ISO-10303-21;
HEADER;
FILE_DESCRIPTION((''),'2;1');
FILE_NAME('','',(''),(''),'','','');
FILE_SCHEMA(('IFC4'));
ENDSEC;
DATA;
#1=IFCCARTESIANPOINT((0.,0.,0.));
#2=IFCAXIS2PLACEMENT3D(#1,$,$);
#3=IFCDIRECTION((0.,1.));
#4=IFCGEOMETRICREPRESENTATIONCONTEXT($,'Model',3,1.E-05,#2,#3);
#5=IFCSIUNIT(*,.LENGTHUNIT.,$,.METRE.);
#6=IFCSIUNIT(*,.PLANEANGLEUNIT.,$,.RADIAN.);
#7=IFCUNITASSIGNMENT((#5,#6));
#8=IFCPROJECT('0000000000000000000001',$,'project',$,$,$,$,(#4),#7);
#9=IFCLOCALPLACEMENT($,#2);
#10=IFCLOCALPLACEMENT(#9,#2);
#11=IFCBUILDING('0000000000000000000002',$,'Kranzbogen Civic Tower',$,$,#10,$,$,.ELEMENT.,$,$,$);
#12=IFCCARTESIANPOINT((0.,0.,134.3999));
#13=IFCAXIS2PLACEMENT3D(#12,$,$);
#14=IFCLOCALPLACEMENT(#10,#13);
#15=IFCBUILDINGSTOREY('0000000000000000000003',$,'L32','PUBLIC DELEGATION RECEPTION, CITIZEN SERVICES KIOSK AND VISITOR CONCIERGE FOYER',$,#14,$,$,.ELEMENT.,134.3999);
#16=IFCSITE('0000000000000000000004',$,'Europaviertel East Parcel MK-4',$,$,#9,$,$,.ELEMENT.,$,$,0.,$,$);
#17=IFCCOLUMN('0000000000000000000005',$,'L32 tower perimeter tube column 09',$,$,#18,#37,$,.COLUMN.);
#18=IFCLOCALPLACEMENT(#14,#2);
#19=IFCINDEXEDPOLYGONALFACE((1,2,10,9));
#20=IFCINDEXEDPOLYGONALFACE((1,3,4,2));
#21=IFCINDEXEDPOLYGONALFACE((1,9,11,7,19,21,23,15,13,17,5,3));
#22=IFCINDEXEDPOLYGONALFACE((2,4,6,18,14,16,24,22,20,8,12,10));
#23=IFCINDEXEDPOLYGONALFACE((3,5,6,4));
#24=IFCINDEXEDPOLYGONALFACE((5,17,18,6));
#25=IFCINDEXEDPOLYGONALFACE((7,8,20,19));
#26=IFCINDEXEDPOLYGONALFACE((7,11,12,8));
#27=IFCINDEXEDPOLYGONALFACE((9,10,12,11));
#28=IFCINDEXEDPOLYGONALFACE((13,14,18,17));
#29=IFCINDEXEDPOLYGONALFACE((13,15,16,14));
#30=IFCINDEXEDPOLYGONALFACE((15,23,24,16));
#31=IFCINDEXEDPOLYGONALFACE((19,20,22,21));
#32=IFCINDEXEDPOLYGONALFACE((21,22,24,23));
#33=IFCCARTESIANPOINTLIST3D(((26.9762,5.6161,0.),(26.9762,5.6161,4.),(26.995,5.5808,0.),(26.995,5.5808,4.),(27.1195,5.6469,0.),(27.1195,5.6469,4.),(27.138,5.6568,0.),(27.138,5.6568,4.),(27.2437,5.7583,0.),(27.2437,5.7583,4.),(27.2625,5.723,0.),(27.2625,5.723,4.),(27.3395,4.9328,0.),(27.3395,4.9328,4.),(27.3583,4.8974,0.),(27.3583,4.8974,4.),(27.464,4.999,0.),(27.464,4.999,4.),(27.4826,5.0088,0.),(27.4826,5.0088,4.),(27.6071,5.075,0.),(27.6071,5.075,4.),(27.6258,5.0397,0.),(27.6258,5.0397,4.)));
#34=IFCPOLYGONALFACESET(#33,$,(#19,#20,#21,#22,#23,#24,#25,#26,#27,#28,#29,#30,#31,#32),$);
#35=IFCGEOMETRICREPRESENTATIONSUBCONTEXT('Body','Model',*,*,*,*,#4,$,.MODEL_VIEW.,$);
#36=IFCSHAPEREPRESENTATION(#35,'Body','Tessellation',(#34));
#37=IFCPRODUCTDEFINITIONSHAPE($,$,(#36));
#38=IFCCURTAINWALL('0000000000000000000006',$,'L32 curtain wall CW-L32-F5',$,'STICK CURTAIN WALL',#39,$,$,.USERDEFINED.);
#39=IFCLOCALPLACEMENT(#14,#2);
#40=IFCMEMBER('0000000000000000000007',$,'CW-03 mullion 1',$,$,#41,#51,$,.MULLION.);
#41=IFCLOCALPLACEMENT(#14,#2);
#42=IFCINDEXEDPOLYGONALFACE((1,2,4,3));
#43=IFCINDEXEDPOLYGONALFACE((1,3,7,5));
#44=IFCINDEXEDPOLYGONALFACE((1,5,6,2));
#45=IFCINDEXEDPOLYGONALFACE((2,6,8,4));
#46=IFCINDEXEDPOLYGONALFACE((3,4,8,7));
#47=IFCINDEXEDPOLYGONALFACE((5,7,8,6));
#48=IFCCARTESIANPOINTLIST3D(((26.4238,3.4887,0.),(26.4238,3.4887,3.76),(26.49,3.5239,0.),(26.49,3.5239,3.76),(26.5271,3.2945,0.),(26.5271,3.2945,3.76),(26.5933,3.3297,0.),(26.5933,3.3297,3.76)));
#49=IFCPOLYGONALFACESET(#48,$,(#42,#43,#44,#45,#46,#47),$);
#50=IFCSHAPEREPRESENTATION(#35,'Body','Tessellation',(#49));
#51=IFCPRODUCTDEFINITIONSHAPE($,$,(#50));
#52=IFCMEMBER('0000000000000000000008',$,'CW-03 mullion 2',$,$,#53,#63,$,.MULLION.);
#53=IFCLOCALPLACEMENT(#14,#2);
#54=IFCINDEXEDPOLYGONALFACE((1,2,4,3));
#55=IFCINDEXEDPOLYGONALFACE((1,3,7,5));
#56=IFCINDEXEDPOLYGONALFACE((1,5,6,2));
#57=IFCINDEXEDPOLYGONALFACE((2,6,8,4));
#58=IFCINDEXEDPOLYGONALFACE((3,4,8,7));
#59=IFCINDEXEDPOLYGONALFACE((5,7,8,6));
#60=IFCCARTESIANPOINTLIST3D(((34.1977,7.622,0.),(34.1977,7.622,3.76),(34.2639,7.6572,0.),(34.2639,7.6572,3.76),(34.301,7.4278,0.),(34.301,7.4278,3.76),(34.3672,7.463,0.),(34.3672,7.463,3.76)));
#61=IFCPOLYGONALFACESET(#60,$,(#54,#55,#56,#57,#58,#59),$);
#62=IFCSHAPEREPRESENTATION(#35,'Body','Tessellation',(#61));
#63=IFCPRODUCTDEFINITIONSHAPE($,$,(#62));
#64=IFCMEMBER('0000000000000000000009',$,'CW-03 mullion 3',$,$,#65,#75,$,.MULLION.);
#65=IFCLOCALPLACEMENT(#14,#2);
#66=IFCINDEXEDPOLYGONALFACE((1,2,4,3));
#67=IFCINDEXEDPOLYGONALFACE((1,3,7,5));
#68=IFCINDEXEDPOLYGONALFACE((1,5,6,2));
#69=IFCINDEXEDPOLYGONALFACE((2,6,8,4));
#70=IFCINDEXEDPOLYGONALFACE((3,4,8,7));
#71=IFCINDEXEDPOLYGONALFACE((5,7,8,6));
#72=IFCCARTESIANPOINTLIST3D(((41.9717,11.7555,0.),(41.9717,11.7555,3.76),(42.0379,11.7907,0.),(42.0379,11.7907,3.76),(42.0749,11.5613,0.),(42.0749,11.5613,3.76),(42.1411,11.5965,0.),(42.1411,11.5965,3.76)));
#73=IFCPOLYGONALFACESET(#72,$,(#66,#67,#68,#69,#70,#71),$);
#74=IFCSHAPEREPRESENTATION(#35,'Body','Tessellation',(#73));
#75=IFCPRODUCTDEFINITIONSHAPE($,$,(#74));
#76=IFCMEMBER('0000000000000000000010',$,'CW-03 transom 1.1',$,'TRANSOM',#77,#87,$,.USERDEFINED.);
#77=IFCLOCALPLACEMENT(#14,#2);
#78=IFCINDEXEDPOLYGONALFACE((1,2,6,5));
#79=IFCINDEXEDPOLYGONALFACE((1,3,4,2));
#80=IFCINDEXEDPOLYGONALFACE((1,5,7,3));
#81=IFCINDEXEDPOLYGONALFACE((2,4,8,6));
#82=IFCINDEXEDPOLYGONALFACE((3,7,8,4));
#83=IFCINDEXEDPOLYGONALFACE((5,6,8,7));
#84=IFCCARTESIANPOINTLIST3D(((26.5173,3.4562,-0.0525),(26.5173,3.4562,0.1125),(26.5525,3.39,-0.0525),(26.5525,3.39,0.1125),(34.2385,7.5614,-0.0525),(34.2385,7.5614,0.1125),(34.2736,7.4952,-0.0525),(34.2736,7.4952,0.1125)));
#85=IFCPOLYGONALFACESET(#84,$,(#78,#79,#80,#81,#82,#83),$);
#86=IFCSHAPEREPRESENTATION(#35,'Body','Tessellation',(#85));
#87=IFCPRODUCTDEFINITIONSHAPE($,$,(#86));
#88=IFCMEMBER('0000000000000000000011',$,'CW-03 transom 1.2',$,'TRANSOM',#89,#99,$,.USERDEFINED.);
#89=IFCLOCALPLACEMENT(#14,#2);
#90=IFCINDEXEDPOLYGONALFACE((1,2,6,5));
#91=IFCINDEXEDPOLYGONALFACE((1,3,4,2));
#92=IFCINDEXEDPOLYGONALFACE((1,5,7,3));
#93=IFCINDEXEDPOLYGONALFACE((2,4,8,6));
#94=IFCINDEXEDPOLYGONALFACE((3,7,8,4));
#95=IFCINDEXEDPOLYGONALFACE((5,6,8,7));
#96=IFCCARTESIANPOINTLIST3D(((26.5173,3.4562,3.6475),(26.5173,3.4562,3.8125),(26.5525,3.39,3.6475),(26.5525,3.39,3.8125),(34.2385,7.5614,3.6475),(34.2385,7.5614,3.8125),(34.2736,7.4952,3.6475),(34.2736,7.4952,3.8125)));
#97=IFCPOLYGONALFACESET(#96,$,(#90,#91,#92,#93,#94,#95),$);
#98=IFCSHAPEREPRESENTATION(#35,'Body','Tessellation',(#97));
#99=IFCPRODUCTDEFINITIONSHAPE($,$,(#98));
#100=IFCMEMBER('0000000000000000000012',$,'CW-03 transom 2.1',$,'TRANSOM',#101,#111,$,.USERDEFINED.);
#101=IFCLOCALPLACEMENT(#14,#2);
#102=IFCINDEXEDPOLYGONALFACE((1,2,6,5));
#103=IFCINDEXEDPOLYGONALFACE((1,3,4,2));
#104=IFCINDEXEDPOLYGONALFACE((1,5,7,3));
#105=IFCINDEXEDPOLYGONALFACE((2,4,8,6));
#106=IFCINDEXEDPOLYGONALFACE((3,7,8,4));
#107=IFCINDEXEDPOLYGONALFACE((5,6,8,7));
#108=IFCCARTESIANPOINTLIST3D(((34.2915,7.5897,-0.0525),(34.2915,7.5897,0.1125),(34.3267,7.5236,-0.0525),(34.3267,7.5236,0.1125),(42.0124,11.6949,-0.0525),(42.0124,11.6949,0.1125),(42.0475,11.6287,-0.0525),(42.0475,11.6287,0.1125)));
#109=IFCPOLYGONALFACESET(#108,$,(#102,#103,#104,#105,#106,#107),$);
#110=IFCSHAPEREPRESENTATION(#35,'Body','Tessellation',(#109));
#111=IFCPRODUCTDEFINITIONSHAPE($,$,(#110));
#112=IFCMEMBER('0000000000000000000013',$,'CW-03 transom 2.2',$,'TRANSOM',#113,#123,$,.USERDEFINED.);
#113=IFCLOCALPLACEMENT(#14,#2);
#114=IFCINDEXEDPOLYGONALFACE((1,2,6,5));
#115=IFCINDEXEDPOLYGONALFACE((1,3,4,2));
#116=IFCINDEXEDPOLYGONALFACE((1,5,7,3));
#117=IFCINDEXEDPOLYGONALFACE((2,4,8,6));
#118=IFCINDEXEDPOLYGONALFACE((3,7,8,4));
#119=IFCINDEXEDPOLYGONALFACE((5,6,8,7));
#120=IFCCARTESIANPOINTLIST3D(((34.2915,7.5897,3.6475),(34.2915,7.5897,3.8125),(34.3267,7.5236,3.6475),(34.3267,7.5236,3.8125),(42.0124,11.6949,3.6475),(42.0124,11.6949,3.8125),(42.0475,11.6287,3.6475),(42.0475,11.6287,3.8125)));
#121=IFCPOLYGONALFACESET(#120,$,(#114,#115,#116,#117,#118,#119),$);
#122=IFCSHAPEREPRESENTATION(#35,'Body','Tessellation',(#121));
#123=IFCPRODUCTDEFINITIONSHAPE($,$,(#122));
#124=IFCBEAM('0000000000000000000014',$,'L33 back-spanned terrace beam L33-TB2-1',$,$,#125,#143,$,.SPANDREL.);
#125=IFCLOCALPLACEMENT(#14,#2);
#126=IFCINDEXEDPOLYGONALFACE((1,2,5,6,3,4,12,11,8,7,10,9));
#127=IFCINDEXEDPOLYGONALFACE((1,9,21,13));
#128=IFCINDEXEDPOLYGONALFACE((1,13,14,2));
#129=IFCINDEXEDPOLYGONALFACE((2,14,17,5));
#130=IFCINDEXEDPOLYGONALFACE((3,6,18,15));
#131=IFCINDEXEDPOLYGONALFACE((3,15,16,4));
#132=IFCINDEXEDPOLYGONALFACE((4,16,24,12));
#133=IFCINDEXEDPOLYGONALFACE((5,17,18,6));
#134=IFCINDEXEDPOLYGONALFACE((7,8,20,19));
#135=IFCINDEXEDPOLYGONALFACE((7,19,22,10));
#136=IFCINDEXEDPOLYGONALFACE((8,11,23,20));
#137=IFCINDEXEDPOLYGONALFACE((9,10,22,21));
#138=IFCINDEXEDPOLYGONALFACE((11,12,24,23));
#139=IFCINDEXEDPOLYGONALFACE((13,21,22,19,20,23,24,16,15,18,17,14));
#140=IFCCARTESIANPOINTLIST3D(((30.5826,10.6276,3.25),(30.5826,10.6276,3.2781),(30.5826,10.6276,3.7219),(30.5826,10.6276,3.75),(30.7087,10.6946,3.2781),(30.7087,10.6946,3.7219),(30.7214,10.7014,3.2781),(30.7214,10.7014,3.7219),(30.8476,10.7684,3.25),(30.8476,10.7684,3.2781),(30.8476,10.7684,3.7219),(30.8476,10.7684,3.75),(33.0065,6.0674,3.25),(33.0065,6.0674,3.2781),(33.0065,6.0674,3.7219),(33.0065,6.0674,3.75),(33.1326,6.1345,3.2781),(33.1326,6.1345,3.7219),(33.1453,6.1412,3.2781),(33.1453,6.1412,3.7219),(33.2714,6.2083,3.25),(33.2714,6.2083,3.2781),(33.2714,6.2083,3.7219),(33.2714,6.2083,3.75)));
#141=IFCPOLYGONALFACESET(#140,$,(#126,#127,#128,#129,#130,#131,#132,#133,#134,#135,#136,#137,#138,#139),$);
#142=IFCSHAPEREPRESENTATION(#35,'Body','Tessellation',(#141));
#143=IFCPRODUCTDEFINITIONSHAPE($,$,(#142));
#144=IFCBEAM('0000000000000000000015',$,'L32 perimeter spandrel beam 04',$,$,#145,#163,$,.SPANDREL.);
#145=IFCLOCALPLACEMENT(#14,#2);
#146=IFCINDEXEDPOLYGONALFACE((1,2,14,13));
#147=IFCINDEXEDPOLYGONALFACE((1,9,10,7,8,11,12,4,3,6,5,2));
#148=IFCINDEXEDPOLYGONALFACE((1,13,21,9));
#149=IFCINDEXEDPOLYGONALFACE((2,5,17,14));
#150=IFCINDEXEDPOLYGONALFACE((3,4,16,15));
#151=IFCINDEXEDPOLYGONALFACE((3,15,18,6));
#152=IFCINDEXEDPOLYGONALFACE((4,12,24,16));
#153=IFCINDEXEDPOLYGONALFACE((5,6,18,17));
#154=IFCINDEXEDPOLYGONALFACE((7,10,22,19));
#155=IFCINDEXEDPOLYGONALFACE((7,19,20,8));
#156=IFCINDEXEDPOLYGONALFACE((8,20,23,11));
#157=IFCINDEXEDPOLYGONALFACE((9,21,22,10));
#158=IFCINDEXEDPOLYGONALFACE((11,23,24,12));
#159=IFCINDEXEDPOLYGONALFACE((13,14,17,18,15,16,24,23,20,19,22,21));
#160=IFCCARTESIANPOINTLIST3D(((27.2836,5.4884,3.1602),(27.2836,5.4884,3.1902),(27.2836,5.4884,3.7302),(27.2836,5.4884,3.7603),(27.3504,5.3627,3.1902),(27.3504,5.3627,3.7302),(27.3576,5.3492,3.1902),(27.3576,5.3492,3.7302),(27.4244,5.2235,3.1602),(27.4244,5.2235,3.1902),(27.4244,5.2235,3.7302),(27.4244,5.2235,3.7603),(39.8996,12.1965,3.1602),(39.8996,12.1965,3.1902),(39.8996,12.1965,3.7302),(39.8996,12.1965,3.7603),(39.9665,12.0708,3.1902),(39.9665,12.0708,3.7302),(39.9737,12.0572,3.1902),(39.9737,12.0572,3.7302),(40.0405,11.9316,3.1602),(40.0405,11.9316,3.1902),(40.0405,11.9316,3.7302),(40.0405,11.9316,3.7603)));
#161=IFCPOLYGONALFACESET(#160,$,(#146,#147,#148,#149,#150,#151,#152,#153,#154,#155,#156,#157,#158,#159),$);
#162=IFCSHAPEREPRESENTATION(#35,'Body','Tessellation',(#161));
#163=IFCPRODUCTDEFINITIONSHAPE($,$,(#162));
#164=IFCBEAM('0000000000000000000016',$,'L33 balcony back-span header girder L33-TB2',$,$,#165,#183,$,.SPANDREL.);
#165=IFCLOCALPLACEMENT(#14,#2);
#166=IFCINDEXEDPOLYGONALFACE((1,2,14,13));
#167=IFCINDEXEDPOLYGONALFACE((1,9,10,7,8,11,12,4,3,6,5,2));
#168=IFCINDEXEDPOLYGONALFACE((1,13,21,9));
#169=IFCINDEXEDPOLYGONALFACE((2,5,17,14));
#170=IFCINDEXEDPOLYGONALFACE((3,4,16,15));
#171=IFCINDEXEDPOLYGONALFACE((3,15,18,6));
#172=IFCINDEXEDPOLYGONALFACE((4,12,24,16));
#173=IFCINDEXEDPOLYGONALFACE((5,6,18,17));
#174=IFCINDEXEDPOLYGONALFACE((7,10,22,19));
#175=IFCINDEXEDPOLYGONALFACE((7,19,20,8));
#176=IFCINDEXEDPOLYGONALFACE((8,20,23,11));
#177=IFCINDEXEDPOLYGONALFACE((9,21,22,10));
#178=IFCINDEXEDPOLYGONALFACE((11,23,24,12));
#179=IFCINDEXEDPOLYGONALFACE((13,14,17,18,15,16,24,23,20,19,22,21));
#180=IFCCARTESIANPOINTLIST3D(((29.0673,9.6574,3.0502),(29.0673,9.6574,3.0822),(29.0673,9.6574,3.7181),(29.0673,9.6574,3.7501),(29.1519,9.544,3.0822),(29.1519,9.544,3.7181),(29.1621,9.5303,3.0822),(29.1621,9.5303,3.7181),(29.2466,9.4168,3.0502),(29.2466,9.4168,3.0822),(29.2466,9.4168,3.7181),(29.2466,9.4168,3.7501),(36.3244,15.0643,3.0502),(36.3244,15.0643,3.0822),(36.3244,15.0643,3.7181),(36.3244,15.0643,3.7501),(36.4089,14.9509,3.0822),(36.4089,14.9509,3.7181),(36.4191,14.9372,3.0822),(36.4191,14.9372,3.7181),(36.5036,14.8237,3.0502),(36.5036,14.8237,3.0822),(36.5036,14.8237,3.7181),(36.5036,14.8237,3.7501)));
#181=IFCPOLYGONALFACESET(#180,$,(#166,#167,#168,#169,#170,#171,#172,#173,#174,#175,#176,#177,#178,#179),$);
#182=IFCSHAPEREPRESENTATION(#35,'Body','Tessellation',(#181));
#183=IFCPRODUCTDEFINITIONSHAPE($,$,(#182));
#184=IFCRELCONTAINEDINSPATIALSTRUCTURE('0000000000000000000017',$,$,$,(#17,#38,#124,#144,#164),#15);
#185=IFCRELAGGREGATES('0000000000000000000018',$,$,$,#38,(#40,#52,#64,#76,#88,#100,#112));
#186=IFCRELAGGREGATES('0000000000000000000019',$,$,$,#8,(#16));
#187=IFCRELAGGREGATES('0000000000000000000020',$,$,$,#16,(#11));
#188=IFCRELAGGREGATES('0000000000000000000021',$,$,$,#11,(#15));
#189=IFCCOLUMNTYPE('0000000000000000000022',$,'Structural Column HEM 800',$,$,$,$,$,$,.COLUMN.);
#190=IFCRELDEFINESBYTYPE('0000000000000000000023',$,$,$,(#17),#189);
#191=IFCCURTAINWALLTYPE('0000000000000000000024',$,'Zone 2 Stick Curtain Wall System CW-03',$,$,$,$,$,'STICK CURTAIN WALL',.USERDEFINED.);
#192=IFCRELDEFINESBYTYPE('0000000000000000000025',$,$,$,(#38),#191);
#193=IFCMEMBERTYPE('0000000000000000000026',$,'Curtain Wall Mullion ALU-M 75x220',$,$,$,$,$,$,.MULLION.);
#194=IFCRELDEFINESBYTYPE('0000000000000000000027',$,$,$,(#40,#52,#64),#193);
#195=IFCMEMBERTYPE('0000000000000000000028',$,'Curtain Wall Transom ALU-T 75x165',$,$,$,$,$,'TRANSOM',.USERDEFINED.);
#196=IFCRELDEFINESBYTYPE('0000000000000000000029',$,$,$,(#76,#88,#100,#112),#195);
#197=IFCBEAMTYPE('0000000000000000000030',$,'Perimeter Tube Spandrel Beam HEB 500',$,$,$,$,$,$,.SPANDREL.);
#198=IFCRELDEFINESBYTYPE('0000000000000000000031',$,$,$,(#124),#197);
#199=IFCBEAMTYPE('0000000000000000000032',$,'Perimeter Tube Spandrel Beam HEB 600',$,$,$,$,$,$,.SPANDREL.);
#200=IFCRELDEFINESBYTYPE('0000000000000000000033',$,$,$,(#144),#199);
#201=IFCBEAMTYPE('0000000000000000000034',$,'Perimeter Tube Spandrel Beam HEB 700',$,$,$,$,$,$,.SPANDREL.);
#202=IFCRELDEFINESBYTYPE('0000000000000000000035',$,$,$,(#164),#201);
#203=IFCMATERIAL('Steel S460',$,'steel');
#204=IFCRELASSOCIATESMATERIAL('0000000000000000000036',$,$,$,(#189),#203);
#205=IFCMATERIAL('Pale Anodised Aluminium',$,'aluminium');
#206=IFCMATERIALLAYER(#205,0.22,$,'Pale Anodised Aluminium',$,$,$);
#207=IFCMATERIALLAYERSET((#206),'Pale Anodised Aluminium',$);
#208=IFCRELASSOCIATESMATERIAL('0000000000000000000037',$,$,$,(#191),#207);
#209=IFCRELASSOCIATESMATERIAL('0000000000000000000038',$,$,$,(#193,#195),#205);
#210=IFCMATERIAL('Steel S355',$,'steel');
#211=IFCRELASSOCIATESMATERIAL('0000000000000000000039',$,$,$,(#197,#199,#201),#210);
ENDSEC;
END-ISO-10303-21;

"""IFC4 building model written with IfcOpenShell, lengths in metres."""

from ifc_helpers import new_model, si_unit, direction, frame, origin, origin_2d, place, context, subcontext, project, spatial, rectangle, i_section, extrude, material, layer, layer_set, material_profile, profile_set, type_object, element, aggregate, save


model = new_model("IFC4")

# Units and contexts
model_context = context("Model", 3, precision=1e-05, world=origin(), true_north=direction((0.0, 1.0)))
body_context = subcontext(model_context, "Body", "Model", "MODEL_VIEW")
ifc_project = project(units=[si_unit("LENGTHUNIT", "METRE"), si_unit("PLANEANGLEUNIT", "RADIAN")], contexts=[model_context])

# Site, building, storey
site_placement = place(None, origin())
site = spatial("IfcSite", under=ifc_project, at=site_placement, Name="Europaviertel East Parcel MK-4", CompositionType="ELEMENT", RefElevation=0.0)
building_placement = place(site_placement, origin())
building = spatial("IfcBuilding", under=site, at=building_placement, Name="Kranzbogen Civic Tower", CompositionType="ELEMENT")
storey_placement = place(building_placement, frame((0.0, 0.0, 134.3999)))
storey = spatial("IfcBuildingStorey", under=building, at=storey_placement, Name="L32", Description="PUBLIC DELEGATION RECEPTION, CITIZEN SERVICES KIOSK AND VISITOR CONCIERGE FOYER", CompositionType="ELEMENT", Elevation=134.3999)

# Column
ifc_material_1 = material(Name="Steel S460", Category="steel")
ifc_material_profile_1 = material_profile(ifc_material_1, i_section(OverallWidth=0.303, OverallDepth=0.814, WebThickness=0.021, FlangeThickness=0.04, at=origin_2d()), Name="HEM 800")
ifc_profile_set_1 = profile_set([ifc_material_profile_1], Name="Steel S460")
column_type = type_object("IfcColumnType", Name="Structural Column HEM 800", PredefinedType="COLUMN", material=ifc_profile_set_1)
column_placement = place(storey_placement, frame((27.301, 5.3279, 0.0), z_axis=(0.0, 0.0, 1.0), x_axis=(0.882948, 0.469472, 0.0)))
element("IfcColumn", 1, at=column_placement, inside=storey, type_object=column_type, Name="L32 tower perimeter tube column 09", PredefinedType="COLUMN", context=body_context, shape_type="SweptSolid", body=[
    extrude(i_section(OverallWidth=0.303, OverallDepth=0.814, WebThickness=0.021, FlangeThickness=0.04, at=origin_2d()), origin(), (0.0, 0.0, 1.0), 4.0),
])

# Curtain wall, members
ifc_material_2 = material(Name="Pale Anodised Aluminium", Category="aluminium")
ifc_layer_1 = layer(ifc_material_2, 0.22, Name="Pale Anodised Aluminium")
ifc_layer_set_1 = layer_set([ifc_layer_1], Name="Pale Anodised Aluminium")
curtain_wall_type = type_object("IfcCurtainWallType", Name="Zone 2 Stick Curtain Wall System CW-03", ElementType="STICK CURTAIN WALL", PredefinedType="USERDEFINED", material=ifc_layer_set_1)
curtain_wall_placement = place(storey_placement, origin())
curtain_wall = element("IfcCurtainWall", 2, at=curtain_wall_placement, inside=storey, type_object=curtain_wall_type, Name="L32 curtain wall CW-L32-F5", ObjectType="STICK CURTAIN WALL", PredefinedType="USERDEFINED")
ifc_material_profile_2 = material_profile(ifc_material_2, rectangle(XDim=0.075, YDim=0.22, at=origin_2d()), Name="ALU-M 75x220")
ifc_profile_set_2 = profile_set([ifc_material_profile_2], Name="Pale Anodised Aluminium")
member_type_1 = type_object("IfcMemberType", Name="Curtain Wall Mullion ALU-M 75x220", PredefinedType="MULLION", material=ifc_profile_set_2)
member_1_placement = place(storey_placement, frame((26.5085, 3.4092, 0.0), z_axis=(0.0, 0.0, 1.0), x_axis=(0.882952, 0.469463, 0.0)))
member_1 = element("IfcMember", 3, at=member_1_placement, type_object=member_type_1, Name="CW-03 mullion 1", PredefinedType="MULLION", context=body_context, shape_type="SweptSolid", body=[
    extrude(rectangle(XDim=0.075, YDim=0.22, at=origin_2d()), origin(), (0.0, 0.0, 1.0), 3.76),
])
member_2_placement = place(storey_placement, frame((34.2825, 7.5425, 0.0), z_axis=(0.0, 0.0, 1.0), x_axis=(0.882952, 0.469463, 0.0)))
member_2 = element("IfcMember", 4, at=member_2_placement, type_object=member_type_1, Name="CW-03 mullion 2", PredefinedType="MULLION", context=body_context, shape_type="SweptSolid", body=[
    extrude(rectangle(XDim=0.075, YDim=0.22, at=origin_2d()), origin(), (0.0, 0.0, 1.0), 3.76),
])
member_3_placement = place(storey_placement, frame((42.0564, 11.676, 0.0), z_axis=(0.0, 0.0, 1.0), x_axis=(0.882952, 0.469463, 0.0)))
member_3 = element("IfcMember", 5, at=member_3_placement, type_object=member_type_1, Name="CW-03 mullion 3", PredefinedType="MULLION", context=body_context, shape_type="SweptSolid", body=[
    extrude(rectangle(XDim=0.075, YDim=0.22, at=origin_2d()), origin(), (0.0, 0.0, 1.0), 3.76),
])
ifc_material_profile_3 = material_profile(ifc_material_2, rectangle(XDim=0.075, YDim=0.165, at=origin_2d()), Name="ALU-T 75x165")
ifc_profile_set_3 = profile_set([ifc_material_profile_3], Name="Pale Anodised Aluminium")
member_type_2 = type_object("IfcMemberType", Name="Curtain Wall Transom ALU-T 75x165", ElementType="TRANSOM", PredefinedType="USERDEFINED", material=ifc_profile_set_3)
member_4_placement = place(storey_placement, frame((26.5349, 3.4231, 0.03), z_axis=(0.882957, 0.469453, 0.0), x_axis=(-0.469453, 0.882957, 0.0)))
member_4 = element("IfcMember", 6, at=member_4_placement, type_object=member_type_2, Name="CW-03 transom 1.1", ObjectType="TRANSOM", PredefinedType="USERDEFINED", context=body_context, shape_type="SweptSolid", body=[
    extrude(rectangle(XDim=0.075, YDim=0.165, at=origin_2d()), origin(), (0.0, 0.0, 1.0), 8.7446),
])
member_5_placement = place(storey_placement, frame((26.5349, 3.4231, 3.73), z_axis=(0.882957, 0.469453, 0.0), x_axis=(-0.469453, 0.882957, 0.0)))
member_5 = element("IfcMember", 7, at=member_5_placement, type_object=member_type_2, Name="CW-03 transom 1.2", ObjectType="TRANSOM", PredefinedType="USERDEFINED", context=body_context, shape_type="SweptSolid", body=[
    extrude(rectangle(XDim=0.075, YDim=0.165, at=origin_2d()), origin(), (0.0, 0.0, 1.0), 8.7446),
])
member_6_placement = place(storey_placement, frame((34.3091, 7.5566, 0.03), z_axis=(0.882951, 0.469465, 0.0), x_axis=(-0.469465, 0.882951, 0.0)))
member_6 = element("IfcMember", 8, at=member_6_placement, type_object=member_type_2, Name="CW-03 transom 2.1", ObjectType="TRANSOM", PredefinedType="USERDEFINED", context=body_context, shape_type="SweptSolid", body=[
    extrude(rectangle(XDim=0.075, YDim=0.165, at=origin_2d()), origin(), (0.0, 0.0, 1.0), 8.7444),
])
member_7_placement = place(storey_placement, frame((34.3091, 7.5566, 3.73), z_axis=(0.882951, 0.469465, 0.0), x_axis=(-0.469465, 0.882951, 0.0)))
member_7 = element("IfcMember", 9, at=member_7_placement, type_object=member_type_2, Name="CW-03 transom 2.2", ObjectType="TRANSOM", PredefinedType="USERDEFINED", context=body_context, shape_type="SweptSolid", body=[
    extrude(rectangle(XDim=0.075, YDim=0.165, at=origin_2d()), origin(), (0.0, 0.0, 1.0), 8.7444),
])

# Beams
ifc_material_3 = material(Name="Steel S355", Category="steel")
ifc_material_profile_4 = material_profile(ifc_material_3, i_section(OverallWidth=0.3, OverallDepth=0.5, WebThickness=0.0144, FlangeThickness=0.0281, at=origin_2d()), Name="HEB 500")
ifc_profile_set_4 = profile_set([ifc_material_profile_4], Name="Steel S355")
beam_type_1 = type_object("IfcBeamType", Name="Perimeter Tube Spandrel Beam HEB 500", PredefinedType="SPANDREL", material=ifc_profile_set_4)
beam_1_placement = place(storey_placement, frame((30.7151, 10.698, 3.5), z_axis=(0.469351, -0.883012, 0.0), x_axis=(0.883012, 0.469351, 0.0)))
element("IfcBeam", 10, at=beam_1_placement, inside=storey, type_object=beam_type_1, Name="L33 back-spanned terrace beam L33-TB2-1", PredefinedType="SPANDREL", context=body_context, shape_type="SweptSolid", body=[
    extrude(i_section(OverallWidth=0.3, OverallDepth=0.5, WebThickness=0.0144, FlangeThickness=0.0281, at=origin_2d()), origin(), (0.0, 0.0, 1.0), 5.1643),
])
ifc_material_profile_5 = material_profile(ifc_material_3, i_section(OverallWidth=0.3, OverallDepth=0.6001, WebThickness=0.0154, FlangeThickness=0.03, at=origin_2d()), Name="HEB 600")
ifc_profile_set_5 = profile_set([ifc_material_profile_5], Name="Steel S355")
beam_type_2 = type_object("IfcBeamType", Name="Perimeter Tube Spandrel Beam HEB 600", PredefinedType="SPANDREL", material=ifc_profile_set_5)
beam_2_placement = place(storey_placement, frame((27.354, 5.356, 3.4602), z_axis=(0.882948, 0.46947, 0.0), x_axis=(-0.46947, 0.882948, 0.0)))
element("IfcBeam", 11, at=beam_2_placement, inside=storey, type_object=beam_type_2, Name="L32 perimeter spandrel beam 04", PredefinedType="SPANDREL", context=body_context, shape_type="SweptSolid", body=[
    extrude(i_section(OverallWidth=0.3, OverallDepth=0.6001, WebThickness=0.0154, FlangeThickness=0.03, at=origin_2d()), origin(), (0.0, 0.0, 1.0), 14.2886),
])
ifc_material_profile_6 = material_profile(ifc_material_3, i_section(OverallWidth=0.3, OverallDepth=0.7, WebThickness=0.0171, FlangeThickness=0.032, at=origin_2d()), Name="HEB 700")
ifc_profile_set_6 = profile_set([ifc_material_profile_6], Name="Steel S355")
beam_type_3 = type_object("IfcBeamType", Name="Perimeter Tube Spandrel Beam HEB 700", PredefinedType="SPANDREL", material=ifc_profile_set_6)
beam_3_placement = place(storey_placement, frame((29.157, 9.5371, 3.4001), z_axis=(0.801896, 0.597463, 0.0), x_axis=(-0.597463, 0.801896, 0.0)))
element("IfcBeam", 12, at=beam_3_placement, inside=storey, type_object=beam_type_3, Name="L33 balcony back-span header girder L33-TB2", PredefinedType="SPANDREL", context=body_context, shape_type="SweptSolid", body=[
    extrude(i_section(OverallWidth=0.3, OverallDepth=0.7, WebThickness=0.0171, FlangeThickness=0.032, at=origin_2d()), origin(), (0.0, 0.0, 1.0), 9.0498),
])

aggregate(curtain_wall, [member_1, member_2, member_3, member_4, member_5, member_6, member_7])

save(model, "model.ifc")
